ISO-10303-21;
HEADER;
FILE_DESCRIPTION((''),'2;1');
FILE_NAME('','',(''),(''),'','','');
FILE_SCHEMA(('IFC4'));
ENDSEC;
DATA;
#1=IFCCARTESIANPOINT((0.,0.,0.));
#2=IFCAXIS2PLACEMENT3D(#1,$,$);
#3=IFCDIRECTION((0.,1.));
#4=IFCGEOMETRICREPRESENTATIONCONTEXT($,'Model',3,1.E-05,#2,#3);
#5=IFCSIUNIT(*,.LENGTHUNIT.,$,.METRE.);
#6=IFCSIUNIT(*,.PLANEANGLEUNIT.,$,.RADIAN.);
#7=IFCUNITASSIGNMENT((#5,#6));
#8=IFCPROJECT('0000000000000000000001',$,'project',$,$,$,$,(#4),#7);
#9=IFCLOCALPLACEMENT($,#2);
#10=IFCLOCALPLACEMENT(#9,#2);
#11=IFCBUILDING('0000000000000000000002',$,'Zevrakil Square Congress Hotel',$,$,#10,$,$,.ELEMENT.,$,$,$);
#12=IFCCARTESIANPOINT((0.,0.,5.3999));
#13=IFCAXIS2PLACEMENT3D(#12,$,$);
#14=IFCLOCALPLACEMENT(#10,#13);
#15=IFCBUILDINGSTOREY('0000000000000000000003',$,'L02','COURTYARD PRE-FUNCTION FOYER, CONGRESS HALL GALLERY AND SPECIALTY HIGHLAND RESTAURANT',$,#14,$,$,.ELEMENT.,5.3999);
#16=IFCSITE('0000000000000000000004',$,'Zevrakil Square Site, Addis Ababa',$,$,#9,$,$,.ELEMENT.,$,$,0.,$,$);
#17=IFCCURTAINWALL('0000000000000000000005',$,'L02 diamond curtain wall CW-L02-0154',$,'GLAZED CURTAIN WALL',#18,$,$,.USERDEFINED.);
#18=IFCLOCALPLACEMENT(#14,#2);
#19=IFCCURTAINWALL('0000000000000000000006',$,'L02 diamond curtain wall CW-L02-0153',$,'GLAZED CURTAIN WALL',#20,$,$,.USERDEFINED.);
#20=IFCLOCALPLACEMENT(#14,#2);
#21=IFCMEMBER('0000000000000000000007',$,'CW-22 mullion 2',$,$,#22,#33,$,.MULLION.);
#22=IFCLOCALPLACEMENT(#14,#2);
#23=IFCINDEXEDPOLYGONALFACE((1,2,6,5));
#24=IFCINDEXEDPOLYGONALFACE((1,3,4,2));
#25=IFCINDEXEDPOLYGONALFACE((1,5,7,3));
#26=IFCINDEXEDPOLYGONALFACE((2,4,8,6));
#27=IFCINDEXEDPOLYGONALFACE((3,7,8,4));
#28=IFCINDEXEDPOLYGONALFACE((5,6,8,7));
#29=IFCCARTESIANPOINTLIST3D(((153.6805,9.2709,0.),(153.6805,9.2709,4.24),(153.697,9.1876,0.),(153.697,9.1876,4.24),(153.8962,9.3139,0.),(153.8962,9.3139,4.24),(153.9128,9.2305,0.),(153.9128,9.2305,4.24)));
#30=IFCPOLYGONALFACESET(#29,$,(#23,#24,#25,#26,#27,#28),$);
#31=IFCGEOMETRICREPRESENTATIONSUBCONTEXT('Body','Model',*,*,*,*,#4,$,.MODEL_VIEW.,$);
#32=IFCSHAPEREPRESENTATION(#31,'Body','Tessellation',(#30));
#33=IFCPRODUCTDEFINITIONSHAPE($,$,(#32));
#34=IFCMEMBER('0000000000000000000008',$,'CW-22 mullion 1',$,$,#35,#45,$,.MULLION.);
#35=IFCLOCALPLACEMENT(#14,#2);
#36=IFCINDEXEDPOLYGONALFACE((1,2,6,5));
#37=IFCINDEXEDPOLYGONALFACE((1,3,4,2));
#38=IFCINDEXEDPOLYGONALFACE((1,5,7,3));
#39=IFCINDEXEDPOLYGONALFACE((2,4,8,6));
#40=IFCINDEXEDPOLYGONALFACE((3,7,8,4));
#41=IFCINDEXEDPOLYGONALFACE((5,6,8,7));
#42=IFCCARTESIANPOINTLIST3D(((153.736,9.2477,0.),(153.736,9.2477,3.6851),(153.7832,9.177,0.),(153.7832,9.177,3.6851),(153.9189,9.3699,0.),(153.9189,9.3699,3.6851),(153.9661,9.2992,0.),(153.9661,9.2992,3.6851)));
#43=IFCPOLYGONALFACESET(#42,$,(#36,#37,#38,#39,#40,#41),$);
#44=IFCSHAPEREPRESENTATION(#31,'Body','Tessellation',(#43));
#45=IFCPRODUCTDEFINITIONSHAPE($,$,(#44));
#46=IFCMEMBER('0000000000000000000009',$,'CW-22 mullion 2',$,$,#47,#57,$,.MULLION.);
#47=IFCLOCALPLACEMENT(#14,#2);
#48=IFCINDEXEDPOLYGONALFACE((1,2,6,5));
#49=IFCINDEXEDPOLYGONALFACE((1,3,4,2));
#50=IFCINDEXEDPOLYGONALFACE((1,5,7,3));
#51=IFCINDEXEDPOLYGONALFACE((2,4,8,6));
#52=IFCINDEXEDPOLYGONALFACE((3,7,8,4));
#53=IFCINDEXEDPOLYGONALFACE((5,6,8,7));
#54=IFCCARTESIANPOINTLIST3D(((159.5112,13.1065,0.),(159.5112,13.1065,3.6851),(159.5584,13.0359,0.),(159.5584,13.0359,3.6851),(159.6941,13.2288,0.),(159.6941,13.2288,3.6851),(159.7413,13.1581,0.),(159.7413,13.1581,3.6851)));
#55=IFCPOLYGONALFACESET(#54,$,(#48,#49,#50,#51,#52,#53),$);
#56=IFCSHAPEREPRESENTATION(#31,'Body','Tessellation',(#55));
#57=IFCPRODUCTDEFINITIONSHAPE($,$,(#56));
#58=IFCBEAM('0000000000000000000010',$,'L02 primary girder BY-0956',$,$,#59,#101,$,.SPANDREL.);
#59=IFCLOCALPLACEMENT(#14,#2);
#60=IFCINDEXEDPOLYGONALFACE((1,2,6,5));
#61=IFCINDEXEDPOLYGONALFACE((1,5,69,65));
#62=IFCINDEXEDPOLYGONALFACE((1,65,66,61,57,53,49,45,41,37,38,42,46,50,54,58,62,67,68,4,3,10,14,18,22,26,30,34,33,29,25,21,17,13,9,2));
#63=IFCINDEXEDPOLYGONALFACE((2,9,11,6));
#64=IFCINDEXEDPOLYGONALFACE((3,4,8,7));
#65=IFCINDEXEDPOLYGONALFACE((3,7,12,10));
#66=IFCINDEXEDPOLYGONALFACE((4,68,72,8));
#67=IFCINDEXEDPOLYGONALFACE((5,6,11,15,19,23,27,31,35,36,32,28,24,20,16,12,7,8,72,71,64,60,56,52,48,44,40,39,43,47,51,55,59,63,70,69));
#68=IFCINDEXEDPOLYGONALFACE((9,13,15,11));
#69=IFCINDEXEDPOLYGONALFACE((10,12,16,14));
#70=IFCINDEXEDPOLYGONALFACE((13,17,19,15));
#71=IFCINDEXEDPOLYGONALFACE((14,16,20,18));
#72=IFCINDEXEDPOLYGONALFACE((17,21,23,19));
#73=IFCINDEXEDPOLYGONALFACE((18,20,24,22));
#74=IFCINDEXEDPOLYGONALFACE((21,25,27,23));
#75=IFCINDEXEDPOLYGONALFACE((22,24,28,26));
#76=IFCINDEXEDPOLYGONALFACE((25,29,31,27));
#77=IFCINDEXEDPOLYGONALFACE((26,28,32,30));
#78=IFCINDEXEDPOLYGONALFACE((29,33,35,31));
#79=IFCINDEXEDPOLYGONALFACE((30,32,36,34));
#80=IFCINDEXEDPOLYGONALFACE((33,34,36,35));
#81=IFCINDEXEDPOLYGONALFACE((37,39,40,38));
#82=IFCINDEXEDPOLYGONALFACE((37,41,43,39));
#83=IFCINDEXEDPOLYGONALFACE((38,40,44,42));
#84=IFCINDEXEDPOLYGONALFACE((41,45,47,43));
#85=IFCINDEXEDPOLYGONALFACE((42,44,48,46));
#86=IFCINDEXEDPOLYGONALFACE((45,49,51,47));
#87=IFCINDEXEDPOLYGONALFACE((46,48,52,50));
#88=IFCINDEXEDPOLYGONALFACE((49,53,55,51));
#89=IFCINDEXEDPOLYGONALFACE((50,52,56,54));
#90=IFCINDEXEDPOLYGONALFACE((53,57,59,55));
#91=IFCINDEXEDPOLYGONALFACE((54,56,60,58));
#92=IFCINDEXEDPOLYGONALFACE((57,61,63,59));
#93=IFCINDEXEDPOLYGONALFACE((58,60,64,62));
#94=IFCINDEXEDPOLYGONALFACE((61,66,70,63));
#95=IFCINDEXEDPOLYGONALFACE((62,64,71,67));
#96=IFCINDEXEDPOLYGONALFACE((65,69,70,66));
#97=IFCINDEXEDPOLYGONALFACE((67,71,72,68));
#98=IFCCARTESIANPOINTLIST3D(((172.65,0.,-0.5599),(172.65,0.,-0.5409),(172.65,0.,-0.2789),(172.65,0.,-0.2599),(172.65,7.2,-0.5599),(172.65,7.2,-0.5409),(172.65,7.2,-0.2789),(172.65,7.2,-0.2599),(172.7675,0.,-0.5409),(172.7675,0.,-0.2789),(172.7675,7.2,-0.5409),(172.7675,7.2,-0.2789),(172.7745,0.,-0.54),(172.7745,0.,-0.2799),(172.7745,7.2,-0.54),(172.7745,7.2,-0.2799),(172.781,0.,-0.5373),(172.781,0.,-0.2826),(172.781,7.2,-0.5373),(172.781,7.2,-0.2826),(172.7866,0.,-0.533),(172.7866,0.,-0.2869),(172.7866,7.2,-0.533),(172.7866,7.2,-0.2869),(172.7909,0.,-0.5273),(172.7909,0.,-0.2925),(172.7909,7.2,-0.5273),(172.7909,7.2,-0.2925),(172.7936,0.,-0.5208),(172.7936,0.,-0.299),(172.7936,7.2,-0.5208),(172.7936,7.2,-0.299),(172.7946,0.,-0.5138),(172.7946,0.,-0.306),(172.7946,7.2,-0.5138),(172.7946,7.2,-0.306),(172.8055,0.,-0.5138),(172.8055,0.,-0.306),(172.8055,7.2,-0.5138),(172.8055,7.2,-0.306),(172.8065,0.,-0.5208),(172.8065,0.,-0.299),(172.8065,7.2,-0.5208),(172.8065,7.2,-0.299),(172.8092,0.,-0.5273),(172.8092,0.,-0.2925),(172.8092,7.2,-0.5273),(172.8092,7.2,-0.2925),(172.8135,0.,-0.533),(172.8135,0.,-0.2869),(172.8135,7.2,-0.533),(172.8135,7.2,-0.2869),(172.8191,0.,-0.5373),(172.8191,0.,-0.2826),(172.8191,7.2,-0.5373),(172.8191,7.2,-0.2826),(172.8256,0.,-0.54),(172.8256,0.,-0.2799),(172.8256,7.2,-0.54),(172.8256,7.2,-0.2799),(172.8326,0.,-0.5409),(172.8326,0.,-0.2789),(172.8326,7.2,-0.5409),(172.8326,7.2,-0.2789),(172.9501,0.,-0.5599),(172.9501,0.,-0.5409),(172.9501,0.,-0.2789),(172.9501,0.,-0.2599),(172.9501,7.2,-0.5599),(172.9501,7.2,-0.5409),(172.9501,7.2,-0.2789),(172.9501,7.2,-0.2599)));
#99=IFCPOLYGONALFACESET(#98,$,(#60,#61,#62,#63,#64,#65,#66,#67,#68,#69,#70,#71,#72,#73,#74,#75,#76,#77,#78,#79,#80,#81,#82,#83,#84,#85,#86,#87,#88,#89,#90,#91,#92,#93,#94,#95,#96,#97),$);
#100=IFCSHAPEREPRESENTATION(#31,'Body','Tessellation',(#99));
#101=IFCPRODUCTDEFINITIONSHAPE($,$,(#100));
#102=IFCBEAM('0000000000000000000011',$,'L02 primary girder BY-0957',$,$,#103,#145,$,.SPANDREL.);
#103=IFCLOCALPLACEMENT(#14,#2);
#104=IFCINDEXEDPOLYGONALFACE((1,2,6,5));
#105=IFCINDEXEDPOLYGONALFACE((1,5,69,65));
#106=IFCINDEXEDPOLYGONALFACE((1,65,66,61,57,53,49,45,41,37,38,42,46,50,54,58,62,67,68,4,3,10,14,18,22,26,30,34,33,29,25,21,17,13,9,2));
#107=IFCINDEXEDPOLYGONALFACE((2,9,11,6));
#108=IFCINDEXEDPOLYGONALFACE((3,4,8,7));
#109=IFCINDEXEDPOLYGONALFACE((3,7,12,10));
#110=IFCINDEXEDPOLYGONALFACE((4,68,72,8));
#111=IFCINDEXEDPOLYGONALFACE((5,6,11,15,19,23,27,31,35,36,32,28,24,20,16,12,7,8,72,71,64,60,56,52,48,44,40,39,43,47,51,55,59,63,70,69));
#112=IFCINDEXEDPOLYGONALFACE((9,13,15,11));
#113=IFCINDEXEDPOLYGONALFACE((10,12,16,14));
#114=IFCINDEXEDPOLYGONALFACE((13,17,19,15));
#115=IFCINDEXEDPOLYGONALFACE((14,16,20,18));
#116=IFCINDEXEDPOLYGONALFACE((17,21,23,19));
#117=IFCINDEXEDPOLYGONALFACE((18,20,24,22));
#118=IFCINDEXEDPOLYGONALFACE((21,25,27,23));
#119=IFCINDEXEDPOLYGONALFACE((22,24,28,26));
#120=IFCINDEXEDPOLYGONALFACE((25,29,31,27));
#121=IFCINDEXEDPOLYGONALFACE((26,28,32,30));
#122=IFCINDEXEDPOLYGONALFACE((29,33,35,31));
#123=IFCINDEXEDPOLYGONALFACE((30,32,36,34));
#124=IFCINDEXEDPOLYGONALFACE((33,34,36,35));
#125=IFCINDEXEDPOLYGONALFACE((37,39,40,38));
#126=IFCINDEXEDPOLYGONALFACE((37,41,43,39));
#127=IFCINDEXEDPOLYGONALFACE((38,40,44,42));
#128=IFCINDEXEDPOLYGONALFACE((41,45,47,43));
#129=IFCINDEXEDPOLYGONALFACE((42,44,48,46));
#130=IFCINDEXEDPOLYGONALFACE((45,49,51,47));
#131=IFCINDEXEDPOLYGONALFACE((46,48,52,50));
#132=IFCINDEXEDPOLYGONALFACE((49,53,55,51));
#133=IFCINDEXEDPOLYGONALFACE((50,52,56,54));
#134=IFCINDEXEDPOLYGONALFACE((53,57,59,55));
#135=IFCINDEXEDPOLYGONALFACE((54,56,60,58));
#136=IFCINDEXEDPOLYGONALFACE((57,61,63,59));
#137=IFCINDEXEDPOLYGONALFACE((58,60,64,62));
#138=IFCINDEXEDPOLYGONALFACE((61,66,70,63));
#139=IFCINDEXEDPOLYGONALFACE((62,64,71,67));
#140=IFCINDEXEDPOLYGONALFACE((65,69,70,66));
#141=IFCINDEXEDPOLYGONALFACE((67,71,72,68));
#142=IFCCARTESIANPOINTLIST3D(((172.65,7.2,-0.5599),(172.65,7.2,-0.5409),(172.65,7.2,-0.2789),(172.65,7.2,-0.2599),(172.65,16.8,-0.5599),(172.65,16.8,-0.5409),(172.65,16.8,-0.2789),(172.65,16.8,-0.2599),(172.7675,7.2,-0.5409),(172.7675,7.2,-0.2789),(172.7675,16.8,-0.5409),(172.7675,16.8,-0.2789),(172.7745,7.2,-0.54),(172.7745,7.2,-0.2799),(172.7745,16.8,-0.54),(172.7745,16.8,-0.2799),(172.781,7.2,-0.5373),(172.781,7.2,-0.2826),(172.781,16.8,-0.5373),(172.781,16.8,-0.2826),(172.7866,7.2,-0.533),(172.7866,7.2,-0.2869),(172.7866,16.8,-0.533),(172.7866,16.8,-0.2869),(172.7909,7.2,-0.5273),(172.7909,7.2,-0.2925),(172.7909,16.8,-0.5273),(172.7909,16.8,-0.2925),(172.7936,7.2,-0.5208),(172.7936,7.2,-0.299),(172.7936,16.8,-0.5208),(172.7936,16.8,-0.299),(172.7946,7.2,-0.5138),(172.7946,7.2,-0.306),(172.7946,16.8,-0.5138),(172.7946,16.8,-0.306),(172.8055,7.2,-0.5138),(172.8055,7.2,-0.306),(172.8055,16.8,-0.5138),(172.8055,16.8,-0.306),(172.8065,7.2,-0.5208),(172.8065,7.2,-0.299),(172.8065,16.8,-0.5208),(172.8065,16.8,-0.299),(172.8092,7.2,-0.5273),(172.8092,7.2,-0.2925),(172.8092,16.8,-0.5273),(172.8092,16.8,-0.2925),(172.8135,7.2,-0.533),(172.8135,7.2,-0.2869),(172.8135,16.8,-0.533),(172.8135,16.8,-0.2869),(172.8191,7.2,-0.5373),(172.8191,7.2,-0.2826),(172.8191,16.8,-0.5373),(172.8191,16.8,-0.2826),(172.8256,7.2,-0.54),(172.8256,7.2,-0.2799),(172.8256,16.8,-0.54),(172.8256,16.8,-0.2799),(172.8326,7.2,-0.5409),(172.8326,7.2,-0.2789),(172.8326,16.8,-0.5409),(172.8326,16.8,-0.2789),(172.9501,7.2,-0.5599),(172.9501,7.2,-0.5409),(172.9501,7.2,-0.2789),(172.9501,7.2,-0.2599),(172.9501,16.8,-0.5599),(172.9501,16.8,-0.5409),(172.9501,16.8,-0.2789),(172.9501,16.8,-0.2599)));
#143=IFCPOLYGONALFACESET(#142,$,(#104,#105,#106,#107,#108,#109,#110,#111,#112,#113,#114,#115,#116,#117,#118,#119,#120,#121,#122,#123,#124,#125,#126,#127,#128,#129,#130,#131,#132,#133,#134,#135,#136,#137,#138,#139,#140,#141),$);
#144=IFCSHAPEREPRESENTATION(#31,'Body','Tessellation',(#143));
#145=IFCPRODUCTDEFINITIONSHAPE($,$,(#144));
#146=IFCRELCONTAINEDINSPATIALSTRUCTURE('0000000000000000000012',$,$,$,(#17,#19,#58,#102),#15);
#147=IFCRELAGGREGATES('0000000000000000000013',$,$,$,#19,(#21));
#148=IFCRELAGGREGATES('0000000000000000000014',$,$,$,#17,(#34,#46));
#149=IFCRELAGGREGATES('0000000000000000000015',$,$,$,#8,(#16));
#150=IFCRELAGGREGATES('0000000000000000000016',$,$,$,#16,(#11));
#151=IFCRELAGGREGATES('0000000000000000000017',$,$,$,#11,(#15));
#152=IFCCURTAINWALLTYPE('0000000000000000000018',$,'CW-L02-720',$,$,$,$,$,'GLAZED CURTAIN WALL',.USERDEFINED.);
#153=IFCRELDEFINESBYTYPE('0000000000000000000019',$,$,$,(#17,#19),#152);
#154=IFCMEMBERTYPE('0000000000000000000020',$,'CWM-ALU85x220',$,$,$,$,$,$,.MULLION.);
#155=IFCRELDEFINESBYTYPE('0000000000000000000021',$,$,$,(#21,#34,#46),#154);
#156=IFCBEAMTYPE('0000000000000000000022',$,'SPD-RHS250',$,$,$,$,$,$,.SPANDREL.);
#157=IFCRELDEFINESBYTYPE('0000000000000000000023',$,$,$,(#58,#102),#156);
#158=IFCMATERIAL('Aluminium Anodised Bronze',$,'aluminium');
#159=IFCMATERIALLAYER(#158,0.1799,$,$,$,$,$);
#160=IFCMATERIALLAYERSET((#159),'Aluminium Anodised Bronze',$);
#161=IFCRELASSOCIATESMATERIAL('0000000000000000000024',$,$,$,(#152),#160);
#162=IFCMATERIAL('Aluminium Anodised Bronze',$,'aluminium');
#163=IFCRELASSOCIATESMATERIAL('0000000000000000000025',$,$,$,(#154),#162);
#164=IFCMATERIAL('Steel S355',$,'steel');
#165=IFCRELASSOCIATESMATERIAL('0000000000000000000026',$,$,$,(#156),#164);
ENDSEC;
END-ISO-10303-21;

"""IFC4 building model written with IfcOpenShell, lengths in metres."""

from ifc_helpers import new_model, si_unit, direction, frame, origin, origin_2d, place, context, subcontext, project, spatial, rectangle, i_section, extrude, material, layer, layer_set, material_profile, profile_set, type_object, element, aggregate, save


model = new_model("IFC4")

# Units and contexts
model_context = context("Model", 3, precision=1e-05, world=origin(), true_north=direction((0.0, 1.0)))
body_context = subcontext(model_context, "Body", "Model", "MODEL_VIEW")
ifc_project = project(units=[si_unit("LENGTHUNIT", "METRE"), si_unit("PLANEANGLEUNIT", "RADIAN")], contexts=[model_context])

# Site, building, storey
site_placement = place(None, origin())
site = spatial("IfcSite", under=ifc_project, at=site_placement, Name="Zevrakil Square Site, Addis Ababa", CompositionType="ELEMENT", RefElevation=0.0)
building_placement = place(site_placement, origin())
building = spatial("IfcBuilding", under=site, at=building_placement, Name="Zevrakil Square Congress Hotel", CompositionType="ELEMENT")
storey_placement = place(building_placement, frame((0.0, 0.0, 5.3999)))
storey = spatial("IfcBuildingStorey", under=building, at=storey_placement, Name="L02", Description="COURTYARD PRE-FUNCTION FOYER, CONGRESS HALL GALLERY AND SPECIALTY HIGHLAND RESTAURANT", CompositionType="ELEMENT", Elevation=5.3999)

# Curtain wall
ifc_material_1 = material(Name="Aluminium Anodised Bronze", Category="aluminium")
ifc_layer_1 = layer(ifc_material_1, 0.1799)
ifc_layer_set_1 = layer_set([ifc_layer_1], Name="Aluminium Anodised Bronze")
curtain_wall_type = type_object("IfcCurtainWallType", Name="CW-L02-720", ElementType="GLAZED CURTAIN WALL", PredefinedType="USERDEFINED", material=ifc_layer_set_1)
curtain_wall_1_placement = place(storey_placement, origin())
curtain_wall_1 = element("IfcCurtainWall", 1, at=curtain_wall_1_placement, inside=storey, type_object=curtain_wall_type, Name="L02 diamond curtain wall CW-L02-0154", ObjectType="GLAZED CURTAIN WALL", PredefinedType="USERDEFINED")

# Curtain wall, member
curtain_wall_2_placement = place(storey_placement, origin())
curtain_wall_2 = element("IfcCurtainWall", 2, at=curtain_wall_2_placement, inside=storey, type_object=curtain_wall_type, Name="L02 diamond curtain wall CW-L02-0153", ObjectType="GLAZED CURTAIN WALL", PredefinedType="USERDEFINED")
ifc_material_2 = material(Name="Aluminium Anodised Bronze", Category="aluminium")
ifc_material_profile_1 = material_profile(ifc_material_2, rectangle(XDim=0.085, YDim=0.22, at=origin_2d()), Name="ALU 85x220")
ifc_profile_set_1 = profile_set([ifc_material_profile_1], Name="Aluminium Anodised Bronze")
member_type_1 = type_object("IfcMemberType", Name="CWM-ALU85x220", PredefinedType="MULLION", material=ifc_profile_set_1)
member_1_placement = place(storey_placement, frame((153.7966, 9.2507, 0.0), z_axis=(0.0, 0.0, 1.0), x_axis=(-0.195084, 0.980787, 0.0)))
member_1 = element("IfcMember", 3, at=member_1_placement, type_object=member_type_1, Name="CW-22 mullion 2", PredefinedType="MULLION", context=body_context, shape_type="SweptSolid", body=[
    extrude(rectangle(XDim=0.085, YDim=0.22, at=origin_2d()), origin(), (0.0, 0.0, 1.0), 4.24),
])

# Members
member_2_placement = place(storey_placement, frame((153.8511, 9.2734, 0.0), z_axis=(0.0, 0.0, 1.0), x_axis=(-0.555576, 0.831466, 0.0)))
member_2 = element("IfcMember", 4, at=member_2_placement, type_object=member_type_1, Name="CW-22 mullion 1", PredefinedType="MULLION", context=body_context, shape_type="SweptSolid", body=[
    extrude(rectangle(XDim=0.085, YDim=0.22, at=origin_2d()), origin(), (0.0, 0.0, 1.0), 3.6851),
])
member_3_placement = place(storey_placement, frame((159.6262, 13.1323, 0.0), z_axis=(0.0, 0.0, 1.0), x_axis=(-0.555576, 0.831466, 0.0)))
member_3 = element("IfcMember", 5, at=member_3_placement, type_object=member_type_1, Name="CW-22 mullion 2", PredefinedType="MULLION", context=body_context, shape_type="SweptSolid", body=[
    extrude(rectangle(XDim=0.085, YDim=0.22, at=origin_2d()), origin(), (0.0, 0.0, 1.0), 3.6851),
])

# Beams
ifc_material_3 = material(Name="Steel S355", Category="steel")
ifc_material_profile_2 = material_profile(ifc_material_3, i_section(OverallWidth=0.3, OverallDepth=0.3, WebThickness=0.011, FlangeThickness=0.019, FilletRadius=0.0271, at=origin_2d()), Name="HEB 300")
ifc_profile_set_2 = profile_set([ifc_material_profile_2], Name="Steel S355")
beam_type_1 = type_object("IfcBeamType", Name="SPD-RHS250", PredefinedType="SPANDREL", material=ifc_profile_set_2)
beam_1_placement = place(storey_placement, frame((172.8, 0.0, -0.4099), z_axis=(0.0, 1.0, 0.0), x_axis=(-1.0, 0.0, 0.0)))
element("IfcBeam", 6, at=beam_1_placement, inside=storey, type_object=beam_type_1, Name="L02 primary girder BY-0956", PredefinedType="SPANDREL", context=body_context, shape_type="SweptSolid", body=[
    extrude(i_section(OverallWidth=0.3, OverallDepth=0.3, WebThickness=0.011, FlangeThickness=0.019, FilletRadius=0.0271, at=origin_2d()), origin(), (0.0, 0.0, 1.0), 7.2),
])
beam_2_placement = place(storey_placement, frame((172.8, 7.2, -0.4099), z_axis=(0.0, 1.0, 0.0), x_axis=(-1.0, 0.0, 0.0)))
element("IfcBeam", 7, at=beam_2_placement, inside=storey, type_object=beam_type_1, Name="L02 primary girder BY-0957", PredefinedType="SPANDREL", context=body_context, shape_type="SweptSolid", body=[
    extrude(i_section(OverallWidth=0.3, OverallDepth=0.3, WebThickness=0.011, FlangeThickness=0.019, FilletRadius=0.0271, at=origin_2d()), origin(), (0.0, 0.0, 1.0), 9.6001),
])

aggregate(curtain_wall_2, [member_1])
aggregate(curtain_wall_1, [member_2, member_3])

save(model, "model.ifc")
